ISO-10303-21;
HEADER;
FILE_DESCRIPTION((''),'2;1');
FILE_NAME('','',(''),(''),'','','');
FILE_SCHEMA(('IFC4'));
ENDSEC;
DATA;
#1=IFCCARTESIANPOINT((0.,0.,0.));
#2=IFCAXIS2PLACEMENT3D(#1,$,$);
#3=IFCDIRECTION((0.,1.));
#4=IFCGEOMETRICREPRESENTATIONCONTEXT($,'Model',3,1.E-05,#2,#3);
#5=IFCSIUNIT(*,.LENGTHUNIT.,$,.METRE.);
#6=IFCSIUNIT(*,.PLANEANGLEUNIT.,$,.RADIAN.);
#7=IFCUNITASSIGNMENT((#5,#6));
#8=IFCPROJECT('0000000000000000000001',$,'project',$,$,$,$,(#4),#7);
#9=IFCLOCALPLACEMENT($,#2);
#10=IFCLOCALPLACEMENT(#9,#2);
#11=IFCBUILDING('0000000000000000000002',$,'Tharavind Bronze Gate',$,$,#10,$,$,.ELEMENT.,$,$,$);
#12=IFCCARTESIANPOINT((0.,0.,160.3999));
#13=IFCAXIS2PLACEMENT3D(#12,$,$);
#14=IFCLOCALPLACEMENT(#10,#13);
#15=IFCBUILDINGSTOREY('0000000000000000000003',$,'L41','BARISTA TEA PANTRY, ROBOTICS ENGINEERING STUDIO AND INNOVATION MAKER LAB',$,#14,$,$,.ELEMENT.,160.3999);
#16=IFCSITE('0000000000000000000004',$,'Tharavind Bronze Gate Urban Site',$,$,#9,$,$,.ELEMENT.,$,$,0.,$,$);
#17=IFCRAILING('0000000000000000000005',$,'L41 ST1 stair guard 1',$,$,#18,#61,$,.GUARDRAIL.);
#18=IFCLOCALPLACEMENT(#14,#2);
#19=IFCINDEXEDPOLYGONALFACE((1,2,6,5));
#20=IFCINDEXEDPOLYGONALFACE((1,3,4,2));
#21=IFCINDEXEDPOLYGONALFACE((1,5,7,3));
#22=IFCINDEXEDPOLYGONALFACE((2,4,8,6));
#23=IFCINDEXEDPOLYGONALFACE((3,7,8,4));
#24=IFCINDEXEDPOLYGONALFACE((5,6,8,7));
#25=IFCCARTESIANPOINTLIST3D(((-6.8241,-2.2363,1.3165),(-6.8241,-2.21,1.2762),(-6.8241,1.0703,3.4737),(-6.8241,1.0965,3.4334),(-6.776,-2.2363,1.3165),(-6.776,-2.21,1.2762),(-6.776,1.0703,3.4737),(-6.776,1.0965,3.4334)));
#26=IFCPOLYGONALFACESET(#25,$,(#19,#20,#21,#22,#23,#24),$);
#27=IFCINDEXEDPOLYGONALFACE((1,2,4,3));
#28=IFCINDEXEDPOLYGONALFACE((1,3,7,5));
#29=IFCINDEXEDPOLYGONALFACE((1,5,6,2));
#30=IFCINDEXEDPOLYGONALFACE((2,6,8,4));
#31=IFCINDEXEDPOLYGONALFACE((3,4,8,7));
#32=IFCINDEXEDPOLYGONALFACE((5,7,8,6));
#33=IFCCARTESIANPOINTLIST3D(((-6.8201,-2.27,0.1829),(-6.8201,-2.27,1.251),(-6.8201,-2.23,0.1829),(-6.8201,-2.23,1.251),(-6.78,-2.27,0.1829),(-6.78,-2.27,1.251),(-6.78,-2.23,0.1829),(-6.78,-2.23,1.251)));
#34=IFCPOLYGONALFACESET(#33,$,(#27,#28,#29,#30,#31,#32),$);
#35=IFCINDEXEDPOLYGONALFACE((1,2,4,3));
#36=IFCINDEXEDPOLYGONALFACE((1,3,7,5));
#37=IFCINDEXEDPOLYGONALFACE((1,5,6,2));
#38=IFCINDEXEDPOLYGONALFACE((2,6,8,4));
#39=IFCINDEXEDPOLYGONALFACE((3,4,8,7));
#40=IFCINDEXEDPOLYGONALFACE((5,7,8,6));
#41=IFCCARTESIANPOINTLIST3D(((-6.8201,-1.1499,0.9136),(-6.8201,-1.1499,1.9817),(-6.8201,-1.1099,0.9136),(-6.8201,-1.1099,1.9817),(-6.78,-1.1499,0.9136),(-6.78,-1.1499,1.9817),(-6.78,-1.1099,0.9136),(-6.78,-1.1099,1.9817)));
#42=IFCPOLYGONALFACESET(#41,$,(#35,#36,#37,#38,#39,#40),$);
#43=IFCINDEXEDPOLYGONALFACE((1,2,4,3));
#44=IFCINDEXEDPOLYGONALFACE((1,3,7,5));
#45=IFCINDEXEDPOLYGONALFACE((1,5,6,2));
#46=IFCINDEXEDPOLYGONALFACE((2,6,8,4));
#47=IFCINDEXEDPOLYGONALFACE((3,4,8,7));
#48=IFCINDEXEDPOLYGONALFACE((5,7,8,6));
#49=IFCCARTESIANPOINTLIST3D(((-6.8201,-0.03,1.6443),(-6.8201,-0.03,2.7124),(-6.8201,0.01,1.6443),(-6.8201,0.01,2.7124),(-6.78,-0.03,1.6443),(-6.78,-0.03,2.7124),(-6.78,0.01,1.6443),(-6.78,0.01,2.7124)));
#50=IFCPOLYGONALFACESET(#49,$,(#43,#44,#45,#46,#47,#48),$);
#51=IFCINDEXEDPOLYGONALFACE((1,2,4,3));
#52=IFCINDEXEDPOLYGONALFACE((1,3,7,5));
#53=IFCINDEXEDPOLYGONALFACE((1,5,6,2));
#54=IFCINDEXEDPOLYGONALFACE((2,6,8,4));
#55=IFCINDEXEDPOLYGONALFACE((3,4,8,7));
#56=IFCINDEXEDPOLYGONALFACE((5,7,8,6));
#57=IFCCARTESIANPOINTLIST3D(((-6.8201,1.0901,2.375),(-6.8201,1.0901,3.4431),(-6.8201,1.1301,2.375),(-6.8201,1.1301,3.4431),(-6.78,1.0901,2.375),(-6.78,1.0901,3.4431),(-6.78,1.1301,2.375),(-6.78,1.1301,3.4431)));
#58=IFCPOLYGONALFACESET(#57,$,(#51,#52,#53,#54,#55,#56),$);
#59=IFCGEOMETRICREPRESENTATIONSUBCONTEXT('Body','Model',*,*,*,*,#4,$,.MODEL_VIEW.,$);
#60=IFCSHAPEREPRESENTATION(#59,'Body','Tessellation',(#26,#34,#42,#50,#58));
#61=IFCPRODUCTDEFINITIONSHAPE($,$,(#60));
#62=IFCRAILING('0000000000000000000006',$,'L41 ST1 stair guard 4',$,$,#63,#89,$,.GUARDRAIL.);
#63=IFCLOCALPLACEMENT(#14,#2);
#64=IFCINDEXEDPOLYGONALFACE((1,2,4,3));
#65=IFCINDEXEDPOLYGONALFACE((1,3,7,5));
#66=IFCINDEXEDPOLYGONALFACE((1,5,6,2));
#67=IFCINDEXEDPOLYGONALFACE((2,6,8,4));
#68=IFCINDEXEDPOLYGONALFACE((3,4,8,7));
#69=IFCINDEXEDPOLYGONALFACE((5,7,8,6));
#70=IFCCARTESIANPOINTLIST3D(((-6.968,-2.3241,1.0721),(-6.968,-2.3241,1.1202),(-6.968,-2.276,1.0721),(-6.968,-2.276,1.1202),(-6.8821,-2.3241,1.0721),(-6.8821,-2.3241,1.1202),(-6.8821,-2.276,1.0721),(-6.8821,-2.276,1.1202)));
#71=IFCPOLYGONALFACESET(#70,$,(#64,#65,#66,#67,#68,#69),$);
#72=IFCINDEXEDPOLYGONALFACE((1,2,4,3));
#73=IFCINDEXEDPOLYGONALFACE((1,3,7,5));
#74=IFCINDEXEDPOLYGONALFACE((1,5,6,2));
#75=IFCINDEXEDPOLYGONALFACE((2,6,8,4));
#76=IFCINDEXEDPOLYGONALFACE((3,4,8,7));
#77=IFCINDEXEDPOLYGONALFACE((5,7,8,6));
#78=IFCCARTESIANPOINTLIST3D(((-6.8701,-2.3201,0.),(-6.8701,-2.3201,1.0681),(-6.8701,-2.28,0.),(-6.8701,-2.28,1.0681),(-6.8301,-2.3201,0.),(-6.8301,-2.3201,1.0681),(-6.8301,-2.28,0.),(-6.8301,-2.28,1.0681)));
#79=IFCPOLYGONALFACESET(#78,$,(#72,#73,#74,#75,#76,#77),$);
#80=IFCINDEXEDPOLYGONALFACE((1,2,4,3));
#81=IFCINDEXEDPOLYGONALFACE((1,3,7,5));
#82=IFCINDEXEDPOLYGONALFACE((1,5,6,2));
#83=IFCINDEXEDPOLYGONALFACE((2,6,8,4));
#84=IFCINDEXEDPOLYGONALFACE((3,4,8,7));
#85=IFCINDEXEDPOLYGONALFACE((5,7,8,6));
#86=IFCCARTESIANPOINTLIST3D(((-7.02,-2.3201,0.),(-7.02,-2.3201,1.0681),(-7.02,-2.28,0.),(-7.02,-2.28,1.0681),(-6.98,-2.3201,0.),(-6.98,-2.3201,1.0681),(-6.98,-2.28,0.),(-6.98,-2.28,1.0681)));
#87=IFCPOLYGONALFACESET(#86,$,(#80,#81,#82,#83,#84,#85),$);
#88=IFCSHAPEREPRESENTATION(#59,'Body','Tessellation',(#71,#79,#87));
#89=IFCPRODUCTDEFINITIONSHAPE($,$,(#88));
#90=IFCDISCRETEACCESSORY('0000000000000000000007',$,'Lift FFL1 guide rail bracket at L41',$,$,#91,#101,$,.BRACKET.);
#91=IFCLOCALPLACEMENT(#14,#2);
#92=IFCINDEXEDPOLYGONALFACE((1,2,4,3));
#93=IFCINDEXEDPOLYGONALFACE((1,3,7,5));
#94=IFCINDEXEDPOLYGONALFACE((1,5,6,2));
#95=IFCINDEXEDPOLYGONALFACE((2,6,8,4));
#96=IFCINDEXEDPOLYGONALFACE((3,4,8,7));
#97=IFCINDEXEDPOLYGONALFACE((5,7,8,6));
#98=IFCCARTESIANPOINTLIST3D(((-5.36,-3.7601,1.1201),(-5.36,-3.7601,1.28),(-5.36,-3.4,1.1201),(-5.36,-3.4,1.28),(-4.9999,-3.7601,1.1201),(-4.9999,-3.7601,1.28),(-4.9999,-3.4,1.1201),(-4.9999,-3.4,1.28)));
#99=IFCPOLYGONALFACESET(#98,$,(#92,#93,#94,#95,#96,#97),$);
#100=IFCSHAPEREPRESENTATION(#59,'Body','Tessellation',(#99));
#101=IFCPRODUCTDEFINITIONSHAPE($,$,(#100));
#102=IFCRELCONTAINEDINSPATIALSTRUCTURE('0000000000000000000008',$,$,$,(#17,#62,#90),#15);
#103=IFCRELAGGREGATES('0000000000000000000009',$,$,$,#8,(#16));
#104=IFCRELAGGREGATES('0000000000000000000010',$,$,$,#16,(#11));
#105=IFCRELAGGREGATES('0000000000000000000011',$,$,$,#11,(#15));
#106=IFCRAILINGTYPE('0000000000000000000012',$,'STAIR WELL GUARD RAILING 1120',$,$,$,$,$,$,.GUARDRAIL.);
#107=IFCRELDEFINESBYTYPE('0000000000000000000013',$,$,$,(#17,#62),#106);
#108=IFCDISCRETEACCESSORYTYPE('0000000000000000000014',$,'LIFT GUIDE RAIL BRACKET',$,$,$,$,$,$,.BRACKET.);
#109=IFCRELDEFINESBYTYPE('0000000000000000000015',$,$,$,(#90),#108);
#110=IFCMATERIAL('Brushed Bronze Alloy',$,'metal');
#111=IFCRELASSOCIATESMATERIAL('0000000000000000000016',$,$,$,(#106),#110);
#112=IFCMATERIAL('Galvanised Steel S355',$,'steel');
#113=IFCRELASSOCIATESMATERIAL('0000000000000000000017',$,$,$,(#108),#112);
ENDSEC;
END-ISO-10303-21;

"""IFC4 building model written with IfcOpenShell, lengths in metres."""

from ifc_helpers import new_model, si_unit, direction, frame, origin, origin_2d, place, context, subcontext, project, spatial, rectangle, extrude, material, type_object, element, save


model = new_model("IFC4")

# Units and contexts
model_context = context("Model", 3, precision=1e-05, world=origin(), true_north=direction((0.0, 1.0)))
body_context = subcontext(model_context, "Body", "Model", "MODEL_VIEW")
ifc_project = project(units=[si_unit("LENGTHUNIT", "METRE"), si_unit("PLANEANGLEUNIT", "RADIAN")], contexts=[model_context])

# Site, building, storey
site_placement = place(None, origin())
site = spatial("IfcSite", under=ifc_project, at=site_placement, Name="Tharavind Bronze Gate Urban Site", CompositionType="ELEMENT", RefElevation=0.0)
building_placement = place(site_placement, origin())
building = spatial("IfcBuilding", under=site, at=building_placement, Name="Tharavind Bronze Gate", CompositionType="ELEMENT")
storey_placement = place(building_placement, frame((0.0, 0.0, 160.3999)))
storey = spatial("IfcBuildingStorey", under=building, at=storey_placement, Name="L41", Description="BARISTA TEA PANTRY, ROBOTICS ENGINEERING STUDIO AND INNOVATION MAKER LAB", CompositionType="ELEMENT", Elevation=160.3999)

# Railings
ifc_material_1 = material(Name="Brushed Bronze Alloy", Category="metal")
railing_type_1 = type_object("IfcRailingType", Name="STAIR WELL GUARD RAILING 1120", PredefinedType="GUARDRAIL", material=ifc_material_1)
railing_1_placement = place(storey_placement, frame((-6.8, -2.25, 0.1829)))
element("IfcRailing", 1, at=railing_1_placement, inside=storey, type_object=railing_type_1, Name="L41 ST1 stair guard 1", PredefinedType="GUARDRAIL", context=body_context, shape_type="SweptSolid", body=[
    extrude(rectangle(XDim=0.0481, YDim=0.0481, at=origin_2d()), frame((0.0, 0.0269, 1.1135), z_axis=(0.0, 0.837523, 0.546401), x_axis=(-1.0, 0.0, 0.0)), (0.0, 0.0, 1.0), 3.948),
    extrude(rectangle(XDim=0.04, YDim=0.04, at=origin_2d()), origin(), (0.0, 0.0, 1.0), 1.0681),
    extrude(rectangle(XDim=0.04, YDim=0.04, at=origin_2d()), frame((0.0, 1.1201, 0.7307)), (0.0, 0.0, 1.0), 1.0681),
    extrude(rectangle(XDim=0.04, YDim=0.04, at=origin_2d()), frame((0.0, 2.24, 1.4614)), (0.0, 0.0, 1.0), 1.0681),
    extrude(rectangle(XDim=0.04, YDim=0.04, at=origin_2d()), frame((0.0, 3.3601, 2.1921)), (0.0, 0.0, 1.0), 1.0681),
])
railing_2_placement = place(storey_placement, frame((-6.8501, -2.3, 0.0)))
element("IfcRailing", 2, at=railing_2_placement, inside=storey, type_object=railing_type_1, Name="L41 ST1 stair guard 4", PredefinedType="GUARDRAIL", context=body_context, shape_type="SweptSolid", body=[
    extrude(rectangle(XDim=0.0481, YDim=0.0481, at=origin_2d()), frame((-0.032, 0.0, 1.0962), z_axis=(-1.0, 0.0, 0.0), x_axis=(0.0, -1.0, 0.0)), (0.0, 0.0, 1.0), 0.0859),
    extrude(rectangle(XDim=0.04, YDim=0.04, at=origin_2d()), origin(), (0.0, 0.0, 1.0), 1.0681),
    extrude(rectangle(XDim=0.04, YDim=0.04, at=origin_2d()), frame((-0.1499, 0.0, 0.0)), (0.0, 0.0, 1.0), 1.0681),
])

# Discrete accessory
ifc_material_2 = material(Name="Galvanised Steel S355", Category="steel")
discrete_accessory_type = type_object("IfcDiscreteAccessoryType", Name="LIFT GUIDE RAIL BRACKET", PredefinedType="BRACKET", material=ifc_material_2)
discrete_accessory_placement = place(storey_placement, frame((-5.1799, -3.5801, 1.1201), z_axis=(0.0, 0.0, 1.0), x_axis=(1.0, 0.0, 0.0)))
element("IfcDiscreteAccessory", 3, at=discrete_accessory_placement, inside=storey, type_object=discrete_accessory_type, Name="Lift FFL1 guide rail bracket at L41", PredefinedType="BRACKET", context=body_context, shape_type="SweptSolid", body=[
    extrude(rectangle(XDim=0.3601, YDim=0.3601, at=origin_2d()), origin(), (0.0, 0.0, 1.0), 0.1599),
])

save(model, "model.ifc")
